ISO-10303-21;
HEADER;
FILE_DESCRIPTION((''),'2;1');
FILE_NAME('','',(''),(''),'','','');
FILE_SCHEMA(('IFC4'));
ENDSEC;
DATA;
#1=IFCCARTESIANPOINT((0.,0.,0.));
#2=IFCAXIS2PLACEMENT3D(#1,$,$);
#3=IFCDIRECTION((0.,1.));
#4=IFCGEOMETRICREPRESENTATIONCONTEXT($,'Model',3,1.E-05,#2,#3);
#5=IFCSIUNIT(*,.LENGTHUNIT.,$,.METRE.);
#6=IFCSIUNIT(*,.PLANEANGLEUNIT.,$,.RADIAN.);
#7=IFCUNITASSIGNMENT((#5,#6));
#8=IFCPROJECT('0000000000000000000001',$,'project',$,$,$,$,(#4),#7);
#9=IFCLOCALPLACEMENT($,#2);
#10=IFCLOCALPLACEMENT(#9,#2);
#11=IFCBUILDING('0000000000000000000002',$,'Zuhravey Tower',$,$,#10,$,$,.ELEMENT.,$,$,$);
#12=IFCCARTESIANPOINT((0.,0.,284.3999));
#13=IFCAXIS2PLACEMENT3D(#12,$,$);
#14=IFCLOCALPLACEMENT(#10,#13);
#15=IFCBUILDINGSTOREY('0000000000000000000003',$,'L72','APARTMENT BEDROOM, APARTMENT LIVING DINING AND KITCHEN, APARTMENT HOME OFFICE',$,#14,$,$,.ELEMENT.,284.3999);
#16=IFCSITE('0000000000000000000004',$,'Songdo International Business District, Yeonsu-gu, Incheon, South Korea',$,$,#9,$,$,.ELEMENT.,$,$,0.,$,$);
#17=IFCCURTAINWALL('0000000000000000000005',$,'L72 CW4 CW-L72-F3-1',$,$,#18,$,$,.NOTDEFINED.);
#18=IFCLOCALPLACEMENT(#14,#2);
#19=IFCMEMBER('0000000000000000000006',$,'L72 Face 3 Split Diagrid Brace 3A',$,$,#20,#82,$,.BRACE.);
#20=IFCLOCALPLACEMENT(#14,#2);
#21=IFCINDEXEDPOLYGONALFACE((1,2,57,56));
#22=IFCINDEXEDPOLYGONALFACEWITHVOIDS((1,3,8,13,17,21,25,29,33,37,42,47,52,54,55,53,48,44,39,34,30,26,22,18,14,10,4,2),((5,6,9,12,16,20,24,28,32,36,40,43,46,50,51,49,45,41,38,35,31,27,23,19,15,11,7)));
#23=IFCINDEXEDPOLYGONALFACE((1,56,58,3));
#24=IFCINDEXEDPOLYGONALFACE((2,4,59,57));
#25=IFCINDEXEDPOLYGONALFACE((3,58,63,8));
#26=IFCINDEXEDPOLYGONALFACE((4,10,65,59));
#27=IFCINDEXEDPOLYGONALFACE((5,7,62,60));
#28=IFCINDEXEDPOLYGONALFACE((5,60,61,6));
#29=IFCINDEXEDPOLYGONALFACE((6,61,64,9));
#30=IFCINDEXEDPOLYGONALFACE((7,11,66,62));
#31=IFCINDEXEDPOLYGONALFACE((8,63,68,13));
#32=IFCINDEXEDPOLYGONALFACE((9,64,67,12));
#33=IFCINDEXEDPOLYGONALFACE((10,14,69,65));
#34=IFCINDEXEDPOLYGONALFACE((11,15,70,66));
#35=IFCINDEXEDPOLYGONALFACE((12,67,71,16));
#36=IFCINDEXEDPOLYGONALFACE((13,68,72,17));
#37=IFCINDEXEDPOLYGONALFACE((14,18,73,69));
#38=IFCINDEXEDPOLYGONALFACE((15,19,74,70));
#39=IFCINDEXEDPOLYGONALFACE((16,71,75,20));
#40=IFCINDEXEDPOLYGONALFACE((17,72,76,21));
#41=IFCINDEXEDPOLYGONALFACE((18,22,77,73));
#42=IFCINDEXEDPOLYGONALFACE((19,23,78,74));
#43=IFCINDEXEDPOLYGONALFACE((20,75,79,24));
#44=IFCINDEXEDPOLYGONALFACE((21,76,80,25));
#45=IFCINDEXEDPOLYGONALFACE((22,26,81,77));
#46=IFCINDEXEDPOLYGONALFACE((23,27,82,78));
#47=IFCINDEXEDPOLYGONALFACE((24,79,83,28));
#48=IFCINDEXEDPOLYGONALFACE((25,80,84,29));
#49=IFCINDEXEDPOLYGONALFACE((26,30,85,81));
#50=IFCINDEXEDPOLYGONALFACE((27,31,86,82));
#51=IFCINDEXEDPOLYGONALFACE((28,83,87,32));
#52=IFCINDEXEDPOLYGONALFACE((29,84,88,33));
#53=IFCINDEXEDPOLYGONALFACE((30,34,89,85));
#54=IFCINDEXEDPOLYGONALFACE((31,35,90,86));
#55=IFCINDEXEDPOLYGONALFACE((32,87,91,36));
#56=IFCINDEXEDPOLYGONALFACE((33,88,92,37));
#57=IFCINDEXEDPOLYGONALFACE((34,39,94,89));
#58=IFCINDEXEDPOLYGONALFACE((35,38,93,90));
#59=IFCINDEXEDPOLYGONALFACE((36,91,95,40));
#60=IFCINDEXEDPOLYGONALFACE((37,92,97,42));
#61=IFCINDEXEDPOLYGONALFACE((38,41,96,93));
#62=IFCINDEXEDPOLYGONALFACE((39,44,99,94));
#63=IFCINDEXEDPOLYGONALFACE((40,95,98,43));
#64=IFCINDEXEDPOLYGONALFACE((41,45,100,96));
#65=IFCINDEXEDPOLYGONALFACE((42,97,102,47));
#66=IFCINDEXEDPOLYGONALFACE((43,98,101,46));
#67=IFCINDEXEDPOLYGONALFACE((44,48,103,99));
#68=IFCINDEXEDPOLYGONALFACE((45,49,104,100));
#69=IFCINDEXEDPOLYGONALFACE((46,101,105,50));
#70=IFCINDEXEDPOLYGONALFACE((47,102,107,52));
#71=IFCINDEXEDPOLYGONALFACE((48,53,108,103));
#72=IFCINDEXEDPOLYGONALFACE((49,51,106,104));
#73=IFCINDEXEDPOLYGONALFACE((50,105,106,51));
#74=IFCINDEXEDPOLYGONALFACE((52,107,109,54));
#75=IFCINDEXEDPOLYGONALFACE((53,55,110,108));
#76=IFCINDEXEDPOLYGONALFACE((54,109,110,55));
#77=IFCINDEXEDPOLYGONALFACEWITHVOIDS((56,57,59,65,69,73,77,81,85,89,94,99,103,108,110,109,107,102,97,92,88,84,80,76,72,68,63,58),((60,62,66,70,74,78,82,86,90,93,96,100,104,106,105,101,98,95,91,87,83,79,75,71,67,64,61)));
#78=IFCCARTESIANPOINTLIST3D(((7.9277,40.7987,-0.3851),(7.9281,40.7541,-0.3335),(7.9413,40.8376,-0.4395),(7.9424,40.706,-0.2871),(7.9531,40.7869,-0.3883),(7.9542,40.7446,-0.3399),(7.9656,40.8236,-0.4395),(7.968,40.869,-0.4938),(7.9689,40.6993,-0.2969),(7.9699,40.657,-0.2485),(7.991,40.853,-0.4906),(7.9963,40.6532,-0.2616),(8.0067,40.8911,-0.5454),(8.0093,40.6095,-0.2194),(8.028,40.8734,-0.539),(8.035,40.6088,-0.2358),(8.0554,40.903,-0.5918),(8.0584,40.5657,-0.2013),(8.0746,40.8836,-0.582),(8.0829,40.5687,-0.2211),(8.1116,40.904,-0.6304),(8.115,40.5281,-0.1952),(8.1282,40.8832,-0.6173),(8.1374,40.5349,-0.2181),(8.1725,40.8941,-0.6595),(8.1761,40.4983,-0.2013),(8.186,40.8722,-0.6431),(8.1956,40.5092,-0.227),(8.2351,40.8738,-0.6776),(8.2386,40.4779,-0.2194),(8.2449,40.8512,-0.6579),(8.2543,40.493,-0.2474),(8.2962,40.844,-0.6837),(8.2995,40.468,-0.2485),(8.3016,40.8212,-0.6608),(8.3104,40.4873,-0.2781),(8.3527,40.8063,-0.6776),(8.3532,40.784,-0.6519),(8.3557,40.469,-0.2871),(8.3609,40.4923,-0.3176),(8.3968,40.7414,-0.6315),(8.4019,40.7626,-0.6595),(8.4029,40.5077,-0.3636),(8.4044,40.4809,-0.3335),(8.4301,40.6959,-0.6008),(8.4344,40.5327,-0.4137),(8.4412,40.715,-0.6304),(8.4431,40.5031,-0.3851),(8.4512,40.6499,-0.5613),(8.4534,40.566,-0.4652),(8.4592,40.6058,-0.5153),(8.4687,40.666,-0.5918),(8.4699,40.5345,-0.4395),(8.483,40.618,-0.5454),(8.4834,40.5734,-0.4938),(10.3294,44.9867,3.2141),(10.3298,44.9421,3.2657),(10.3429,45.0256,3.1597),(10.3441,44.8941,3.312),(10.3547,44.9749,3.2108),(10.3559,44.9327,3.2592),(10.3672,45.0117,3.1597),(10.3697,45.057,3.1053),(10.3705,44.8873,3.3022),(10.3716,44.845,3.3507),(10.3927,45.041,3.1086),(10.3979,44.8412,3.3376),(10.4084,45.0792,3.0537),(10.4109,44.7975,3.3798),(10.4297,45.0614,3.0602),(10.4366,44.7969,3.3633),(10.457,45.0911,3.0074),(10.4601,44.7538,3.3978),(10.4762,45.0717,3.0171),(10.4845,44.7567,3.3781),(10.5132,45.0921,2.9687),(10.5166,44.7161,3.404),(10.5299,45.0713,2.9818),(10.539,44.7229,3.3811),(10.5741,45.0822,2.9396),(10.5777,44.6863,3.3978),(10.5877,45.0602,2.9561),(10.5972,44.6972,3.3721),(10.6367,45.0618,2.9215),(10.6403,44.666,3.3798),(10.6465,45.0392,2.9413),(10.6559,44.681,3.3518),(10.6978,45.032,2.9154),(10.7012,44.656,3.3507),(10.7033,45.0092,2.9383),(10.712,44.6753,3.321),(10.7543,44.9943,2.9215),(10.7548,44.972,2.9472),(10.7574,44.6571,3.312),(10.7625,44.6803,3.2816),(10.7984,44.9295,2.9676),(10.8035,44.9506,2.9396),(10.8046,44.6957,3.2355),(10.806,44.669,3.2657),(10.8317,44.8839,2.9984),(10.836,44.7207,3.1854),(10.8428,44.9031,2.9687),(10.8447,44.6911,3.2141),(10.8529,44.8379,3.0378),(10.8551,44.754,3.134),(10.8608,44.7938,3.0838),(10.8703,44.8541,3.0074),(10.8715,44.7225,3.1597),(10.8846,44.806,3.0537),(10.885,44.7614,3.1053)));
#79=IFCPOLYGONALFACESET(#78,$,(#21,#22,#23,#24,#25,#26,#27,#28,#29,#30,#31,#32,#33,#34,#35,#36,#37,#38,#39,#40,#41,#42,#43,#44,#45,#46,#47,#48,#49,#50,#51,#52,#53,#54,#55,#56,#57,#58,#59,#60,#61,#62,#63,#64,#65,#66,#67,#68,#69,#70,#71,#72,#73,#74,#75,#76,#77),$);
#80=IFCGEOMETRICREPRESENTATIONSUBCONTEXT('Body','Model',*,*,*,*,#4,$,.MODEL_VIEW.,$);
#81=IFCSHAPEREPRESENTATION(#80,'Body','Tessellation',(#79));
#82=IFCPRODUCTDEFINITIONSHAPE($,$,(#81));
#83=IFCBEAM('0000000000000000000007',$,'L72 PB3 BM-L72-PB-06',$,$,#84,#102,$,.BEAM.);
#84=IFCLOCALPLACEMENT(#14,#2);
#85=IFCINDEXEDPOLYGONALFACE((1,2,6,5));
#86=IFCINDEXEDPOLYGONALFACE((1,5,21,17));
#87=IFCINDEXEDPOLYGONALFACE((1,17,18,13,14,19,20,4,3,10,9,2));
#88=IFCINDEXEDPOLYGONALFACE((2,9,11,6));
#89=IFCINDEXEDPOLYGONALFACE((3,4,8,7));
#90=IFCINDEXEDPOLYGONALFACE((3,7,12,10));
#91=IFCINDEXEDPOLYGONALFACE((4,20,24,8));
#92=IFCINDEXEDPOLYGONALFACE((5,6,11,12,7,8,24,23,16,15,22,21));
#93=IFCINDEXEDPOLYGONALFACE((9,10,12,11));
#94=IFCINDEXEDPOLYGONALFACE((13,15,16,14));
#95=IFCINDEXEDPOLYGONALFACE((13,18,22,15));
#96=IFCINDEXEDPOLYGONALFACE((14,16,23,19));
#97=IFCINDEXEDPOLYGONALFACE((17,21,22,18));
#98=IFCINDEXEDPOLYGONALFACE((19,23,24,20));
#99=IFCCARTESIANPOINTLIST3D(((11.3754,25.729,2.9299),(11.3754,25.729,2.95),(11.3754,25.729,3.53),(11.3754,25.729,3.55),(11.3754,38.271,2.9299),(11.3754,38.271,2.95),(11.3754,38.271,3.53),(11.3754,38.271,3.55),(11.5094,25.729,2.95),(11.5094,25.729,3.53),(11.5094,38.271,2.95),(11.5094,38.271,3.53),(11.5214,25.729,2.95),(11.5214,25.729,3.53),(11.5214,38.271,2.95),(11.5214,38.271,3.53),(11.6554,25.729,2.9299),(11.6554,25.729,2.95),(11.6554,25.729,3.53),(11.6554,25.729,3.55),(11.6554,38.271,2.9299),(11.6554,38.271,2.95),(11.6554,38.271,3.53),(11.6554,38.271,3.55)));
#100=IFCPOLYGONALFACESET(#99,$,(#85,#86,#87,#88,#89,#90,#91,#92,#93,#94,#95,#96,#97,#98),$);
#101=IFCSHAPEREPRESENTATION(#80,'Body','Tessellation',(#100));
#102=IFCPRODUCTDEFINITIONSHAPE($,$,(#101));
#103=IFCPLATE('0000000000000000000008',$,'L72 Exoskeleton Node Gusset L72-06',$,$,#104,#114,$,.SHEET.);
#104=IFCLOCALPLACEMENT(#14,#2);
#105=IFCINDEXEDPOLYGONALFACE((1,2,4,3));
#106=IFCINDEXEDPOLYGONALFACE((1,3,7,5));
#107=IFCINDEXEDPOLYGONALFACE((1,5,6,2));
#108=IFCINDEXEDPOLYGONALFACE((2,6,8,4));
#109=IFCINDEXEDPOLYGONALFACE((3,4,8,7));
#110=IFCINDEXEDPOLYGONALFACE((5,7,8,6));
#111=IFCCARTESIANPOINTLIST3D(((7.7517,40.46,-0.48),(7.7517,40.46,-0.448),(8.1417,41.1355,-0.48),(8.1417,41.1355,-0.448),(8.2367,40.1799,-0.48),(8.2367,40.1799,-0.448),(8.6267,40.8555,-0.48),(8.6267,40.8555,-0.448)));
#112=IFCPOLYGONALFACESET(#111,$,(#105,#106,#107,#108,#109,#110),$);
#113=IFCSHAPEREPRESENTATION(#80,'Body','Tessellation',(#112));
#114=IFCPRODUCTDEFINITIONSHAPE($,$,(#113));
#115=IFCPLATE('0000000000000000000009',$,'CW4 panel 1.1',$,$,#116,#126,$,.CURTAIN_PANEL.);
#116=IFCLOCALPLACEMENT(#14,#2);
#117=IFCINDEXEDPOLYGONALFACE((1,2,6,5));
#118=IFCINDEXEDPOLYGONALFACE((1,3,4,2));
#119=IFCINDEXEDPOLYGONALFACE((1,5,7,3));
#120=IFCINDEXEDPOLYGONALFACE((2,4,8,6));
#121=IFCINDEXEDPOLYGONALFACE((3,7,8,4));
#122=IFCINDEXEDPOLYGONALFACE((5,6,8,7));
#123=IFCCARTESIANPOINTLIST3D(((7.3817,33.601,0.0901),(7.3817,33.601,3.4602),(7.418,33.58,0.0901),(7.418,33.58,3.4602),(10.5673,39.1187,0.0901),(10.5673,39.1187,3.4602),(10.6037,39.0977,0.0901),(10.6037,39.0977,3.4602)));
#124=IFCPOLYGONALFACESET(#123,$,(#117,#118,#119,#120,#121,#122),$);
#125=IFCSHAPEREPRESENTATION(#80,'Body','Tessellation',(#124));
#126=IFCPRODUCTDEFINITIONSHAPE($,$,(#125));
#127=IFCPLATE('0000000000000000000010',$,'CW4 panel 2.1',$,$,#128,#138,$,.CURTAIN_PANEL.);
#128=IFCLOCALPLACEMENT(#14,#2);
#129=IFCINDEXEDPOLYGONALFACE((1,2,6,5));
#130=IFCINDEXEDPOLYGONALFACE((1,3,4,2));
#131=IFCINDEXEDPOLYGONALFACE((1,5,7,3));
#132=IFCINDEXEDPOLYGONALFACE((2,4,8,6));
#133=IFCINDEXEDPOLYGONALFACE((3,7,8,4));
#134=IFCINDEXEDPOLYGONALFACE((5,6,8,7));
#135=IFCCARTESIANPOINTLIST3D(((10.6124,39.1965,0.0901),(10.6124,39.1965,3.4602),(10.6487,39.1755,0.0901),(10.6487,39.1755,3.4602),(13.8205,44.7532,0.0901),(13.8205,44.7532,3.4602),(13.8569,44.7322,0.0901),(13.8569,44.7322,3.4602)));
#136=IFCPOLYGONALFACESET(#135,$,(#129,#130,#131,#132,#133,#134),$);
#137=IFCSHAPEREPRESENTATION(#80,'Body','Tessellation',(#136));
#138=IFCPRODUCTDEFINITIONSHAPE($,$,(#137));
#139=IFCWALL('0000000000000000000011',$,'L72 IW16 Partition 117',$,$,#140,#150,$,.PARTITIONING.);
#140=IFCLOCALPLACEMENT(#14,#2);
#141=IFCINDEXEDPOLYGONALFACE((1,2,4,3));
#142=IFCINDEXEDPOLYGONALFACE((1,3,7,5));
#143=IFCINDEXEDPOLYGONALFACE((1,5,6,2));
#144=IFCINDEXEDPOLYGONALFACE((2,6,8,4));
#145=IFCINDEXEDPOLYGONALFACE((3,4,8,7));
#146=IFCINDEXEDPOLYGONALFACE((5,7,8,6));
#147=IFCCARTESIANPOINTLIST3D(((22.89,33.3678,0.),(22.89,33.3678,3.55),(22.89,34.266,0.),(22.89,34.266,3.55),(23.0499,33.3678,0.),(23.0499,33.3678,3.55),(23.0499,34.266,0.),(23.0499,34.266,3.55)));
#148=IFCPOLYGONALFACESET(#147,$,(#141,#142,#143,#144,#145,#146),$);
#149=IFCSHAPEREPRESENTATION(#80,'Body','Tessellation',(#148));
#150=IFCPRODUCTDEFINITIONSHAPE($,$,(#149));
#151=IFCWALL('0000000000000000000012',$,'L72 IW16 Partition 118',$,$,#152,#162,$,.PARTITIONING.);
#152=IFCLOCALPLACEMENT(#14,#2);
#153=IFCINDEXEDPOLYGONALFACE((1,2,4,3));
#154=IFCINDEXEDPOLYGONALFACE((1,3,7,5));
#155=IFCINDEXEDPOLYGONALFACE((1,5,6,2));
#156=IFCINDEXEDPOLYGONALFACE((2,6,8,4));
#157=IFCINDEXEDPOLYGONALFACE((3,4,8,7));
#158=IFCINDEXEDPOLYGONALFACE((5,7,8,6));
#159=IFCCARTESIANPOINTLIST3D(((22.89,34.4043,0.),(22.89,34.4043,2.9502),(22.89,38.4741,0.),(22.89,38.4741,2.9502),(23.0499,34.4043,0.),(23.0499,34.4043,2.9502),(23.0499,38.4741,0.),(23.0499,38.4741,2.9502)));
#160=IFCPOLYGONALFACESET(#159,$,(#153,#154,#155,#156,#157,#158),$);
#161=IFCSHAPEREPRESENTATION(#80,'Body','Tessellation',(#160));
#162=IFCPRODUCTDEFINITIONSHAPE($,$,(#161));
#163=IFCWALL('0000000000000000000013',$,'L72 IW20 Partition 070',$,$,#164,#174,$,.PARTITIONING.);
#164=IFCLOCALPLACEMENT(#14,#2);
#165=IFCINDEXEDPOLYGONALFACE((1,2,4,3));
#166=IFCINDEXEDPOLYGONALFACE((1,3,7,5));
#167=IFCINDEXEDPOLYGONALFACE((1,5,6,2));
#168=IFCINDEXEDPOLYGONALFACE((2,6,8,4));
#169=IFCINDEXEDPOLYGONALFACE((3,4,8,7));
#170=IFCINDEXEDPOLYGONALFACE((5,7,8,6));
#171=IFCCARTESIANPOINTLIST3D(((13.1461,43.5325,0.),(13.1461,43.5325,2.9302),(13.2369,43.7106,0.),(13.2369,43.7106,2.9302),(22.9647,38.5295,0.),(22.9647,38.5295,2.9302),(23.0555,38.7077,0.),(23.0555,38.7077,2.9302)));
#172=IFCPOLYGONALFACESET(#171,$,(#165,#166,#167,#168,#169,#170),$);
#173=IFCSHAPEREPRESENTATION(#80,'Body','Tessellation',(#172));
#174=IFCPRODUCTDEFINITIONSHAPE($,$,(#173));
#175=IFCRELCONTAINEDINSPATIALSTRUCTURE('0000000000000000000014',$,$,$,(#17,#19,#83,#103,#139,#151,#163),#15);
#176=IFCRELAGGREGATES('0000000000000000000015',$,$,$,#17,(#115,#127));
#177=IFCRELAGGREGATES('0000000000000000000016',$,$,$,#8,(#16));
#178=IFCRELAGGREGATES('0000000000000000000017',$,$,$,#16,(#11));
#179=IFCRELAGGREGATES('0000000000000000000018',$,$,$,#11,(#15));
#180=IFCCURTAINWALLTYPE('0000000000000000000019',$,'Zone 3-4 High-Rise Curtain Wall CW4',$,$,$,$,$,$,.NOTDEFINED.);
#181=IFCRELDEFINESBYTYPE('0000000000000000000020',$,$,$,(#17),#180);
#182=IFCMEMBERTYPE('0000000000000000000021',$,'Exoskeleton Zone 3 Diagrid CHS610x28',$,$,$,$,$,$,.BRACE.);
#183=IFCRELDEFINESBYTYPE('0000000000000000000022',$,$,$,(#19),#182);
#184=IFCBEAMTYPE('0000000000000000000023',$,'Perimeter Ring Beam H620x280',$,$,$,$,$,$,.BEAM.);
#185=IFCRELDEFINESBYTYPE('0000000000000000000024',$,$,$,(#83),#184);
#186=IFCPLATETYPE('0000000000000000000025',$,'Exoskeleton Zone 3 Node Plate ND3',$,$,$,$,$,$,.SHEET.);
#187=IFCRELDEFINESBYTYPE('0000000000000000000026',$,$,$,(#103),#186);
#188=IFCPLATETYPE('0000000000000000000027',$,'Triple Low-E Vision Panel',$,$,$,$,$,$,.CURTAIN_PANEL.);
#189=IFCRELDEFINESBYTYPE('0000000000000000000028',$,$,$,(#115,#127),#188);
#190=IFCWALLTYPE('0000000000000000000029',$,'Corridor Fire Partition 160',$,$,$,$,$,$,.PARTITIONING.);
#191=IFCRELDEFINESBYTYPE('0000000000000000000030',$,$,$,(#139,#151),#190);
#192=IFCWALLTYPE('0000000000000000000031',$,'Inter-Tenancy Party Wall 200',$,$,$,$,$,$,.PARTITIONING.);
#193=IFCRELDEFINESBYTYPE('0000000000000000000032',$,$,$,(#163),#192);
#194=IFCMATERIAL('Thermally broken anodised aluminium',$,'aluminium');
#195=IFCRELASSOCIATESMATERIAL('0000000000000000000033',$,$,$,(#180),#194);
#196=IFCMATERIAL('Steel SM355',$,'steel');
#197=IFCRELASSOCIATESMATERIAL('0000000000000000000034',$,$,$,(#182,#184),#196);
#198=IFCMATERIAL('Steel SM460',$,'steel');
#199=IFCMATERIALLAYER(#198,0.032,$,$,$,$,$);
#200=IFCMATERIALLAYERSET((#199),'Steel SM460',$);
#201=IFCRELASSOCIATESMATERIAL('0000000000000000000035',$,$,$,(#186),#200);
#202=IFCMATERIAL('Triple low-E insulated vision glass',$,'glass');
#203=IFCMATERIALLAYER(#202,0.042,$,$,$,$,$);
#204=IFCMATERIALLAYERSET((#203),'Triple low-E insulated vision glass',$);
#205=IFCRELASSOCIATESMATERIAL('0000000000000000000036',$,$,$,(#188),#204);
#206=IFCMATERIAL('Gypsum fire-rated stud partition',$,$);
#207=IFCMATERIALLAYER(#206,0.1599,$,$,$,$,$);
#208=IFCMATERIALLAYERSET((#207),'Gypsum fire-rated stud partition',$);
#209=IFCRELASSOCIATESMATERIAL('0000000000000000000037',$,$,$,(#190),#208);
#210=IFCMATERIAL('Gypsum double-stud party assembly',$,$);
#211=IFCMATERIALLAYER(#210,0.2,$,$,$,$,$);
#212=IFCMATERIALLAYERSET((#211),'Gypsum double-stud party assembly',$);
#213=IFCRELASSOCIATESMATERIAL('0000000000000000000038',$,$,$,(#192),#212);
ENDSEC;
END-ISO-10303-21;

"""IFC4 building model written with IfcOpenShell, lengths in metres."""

from ifc_helpers import new_model, si_unit, direction, frame, frame_2d, origin, origin_2d, place, context, subcontext, project, spatial, rectangle, hollow_circle, i_section, extrude, material, layer, layer_set, material_profile, profile_set, type_object, element, aggregate, save


model = new_model("IFC4")

# Units and contexts
model_context = context("Model", 3, precision=1e-05, world=origin(), true_north=direction((0.0, 1.0)))
body_context = subcontext(model_context, "Body", "Model", "MODEL_VIEW")
ifc_project = project(units=[si_unit("LENGTHUNIT", "METRE"), si_unit("PLANEANGLEUNIT", "RADIAN")], contexts=[model_context])

# Site, building, storey
site_placement = place(None, origin())
site = spatial("IfcSite", under=ifc_project, at=site_placement, Name="Songdo International Business District, Yeonsu-gu, Incheon, South Korea", CompositionType="ELEMENT", RefElevation=0.0)
building_placement = place(site_placement, origin())
building = spatial("IfcBuilding", under=site, at=building_placement, Name="Zuhravey Tower", CompositionType="ELEMENT")
storey_placement = place(building_placement, frame((0.0, 0.0, 284.3999)))
storey = spatial("IfcBuildingStorey", under=building, at=storey_placement, Name="L72", Description="APARTMENT BEDROOM, APARTMENT LIVING DINING AND KITCHEN, APARTMENT HOME OFFICE", CompositionType="ELEMENT", Elevation=284.3999)

# Curtain wall
ifc_material_1 = material(Name="Thermally broken anodised aluminium", Category="aluminium")
curtain_wall_type = type_object("IfcCurtainWallType", Name="Zone 3-4 High-Rise Curtain Wall CW4", PredefinedType="NOTDEFINED", material=ifc_material_1)
curtain_wall_placement = place(storey_placement, origin())
curtain_wall = element("IfcCurtainWall", 1, at=curtain_wall_placement, inside=storey, type_object=curtain_wall_type, Name="L72 CW4 CW-L72-F3-1", PredefinedType="NOTDEFINED")

# Member
ifc_material_2 = material(Name="Steel SM355", Category="steel")
ifc_material_profile_1 = material_profile(ifc_material_2, hollow_circle(Radius=0.3047, WallThickness=0.0281, at=origin_2d()), Name="CHS-609.6x28")
ifc_profile_set_1 = profile_set([ifc_material_profile_1], Name="Steel SM355")
member_type_1 = type_object("IfcMemberType", Name="Exoskeleton Zone 3 Diagrid CHS610x28", PredefinedType="BRACE", material=ifc_profile_set_1)
member_1_placement = place(storey_placement, frame((8.2056, 40.686, -0.4395), z_axis=(0.398827, 0.695485, 0.597694), x_axis=(-0.867486, 0.497462, 0.0)))
element("IfcMember", 2, at=member_1_placement, inside=storey, type_object=member_type_1, Name="L72 Face 3 Split Diagrid Brace 3A", PredefinedType="BRACE", context=body_context, shape_type="SweptSolid", body=[
    extrude(hollow_circle(Radius=0.3047, WallThickness=0.0281, at=origin_2d()), origin(), (0.0, 0.0, 1.0), 6.0217),
])

# Beam
ifc_material_profile_2 = material_profile(ifc_material_2, i_section(OverallWidth=0.28, OverallDepth=0.6201, WebThickness=0.012, FlangeThickness=0.02, at=origin_2d()), Name="H-620x280x12x20")
ifc_profile_set_2 = profile_set([ifc_material_profile_2], Name="Steel SM355")
beam_type = type_object("IfcBeamType", Name="Perimeter Ring Beam H620x280", PredefinedType="BEAM", material=ifc_profile_set_2)
beam_placement = place(storey_placement, frame((11.5154, 38.271, 3.24), z_axis=(0.0, -1.0, 0.0), x_axis=(1.0, 0.0, 0.0)))
element("IfcBeam", 3, at=beam_placement, inside=storey, type_object=beam_type, Name="L72 PB3 BM-L72-PB-06", PredefinedType="BEAM", context=body_context, shape_type="SweptSolid", body=[
    extrude(i_section(OverallWidth=0.28, OverallDepth=0.6201, WebThickness=0.012, FlangeThickness=0.02, at=origin_2d()), origin(), (0.0, 0.0, 1.0), 12.542),
])

# Plates
ifc_material_3 = material(Name="Steel SM460", Category="steel")
ifc_layer_1 = layer(ifc_material_3, 0.032)
ifc_layer_set_1 = layer_set([ifc_layer_1], Name="Steel SM460")
plate_type_1 = type_object("IfcPlateType", Name="Exoskeleton Zone 3 Node Plate ND3", PredefinedType="SHEET", material=ifc_layer_set_1)
plate_1_placement = place(storey_placement, frame((8.1892, 40.6577, -0.48), z_axis=(0.0, 0.0, 1.0), x_axis=(-0.5, -0.866025, 0.0)))
element("IfcPlate", 4, at=plate_1_placement, inside=storey, type_object=plate_type_1, Name="L72 Exoskeleton Node Gusset L72-06", PredefinedType="SHEET", context=body_context, shape_type="SweptSolid", body=[
    extrude(rectangle(XDim=0.78, YDim=0.5601, at=origin_2d()), origin(), (0.0, 0.0, 1.0), 0.032),
])
ifc_material_4 = material(Name="Triple low-E insulated vision glass", Category="glass")
ifc_layer_2 = layer(ifc_material_4, 0.042)
ifc_layer_set_2 = layer_set([ifc_layer_2], Name="Triple low-E insulated vision glass")
plate_type_2 = type_object("IfcPlateType", Name="Triple Low-E Vision Panel", PredefinedType="CURTAIN_PANEL", material=ifc_layer_set_2)
plate_2_placement = place(storey_placement, frame((8.9927, 36.3494, 0.0901), z_axis=(0.0, 0.0, 1.0), x_axis=(0.500001, 0.866025, 0.0)))
plate_2 = element("IfcPlate", 5, at=plate_2_placement, type_object=plate_type_2, Name="CW4 panel 1.1", PredefinedType="CURTAIN_PANEL", context=body_context, shape_type="SweptSolid", body=[
    extrude(rectangle(XDim=6.3713, YDim=0.042, at=origin_2d()), origin(), (0.0, 0.0, 1.0), 3.3701),
])
plate_3_placement = place(storey_placement, frame((12.2346, 41.9644, 0.0901), z_axis=(0.0, 0.0, 1.0), x_axis=(0.500001, 0.866025, 0.0)))
plate_3 = element("IfcPlate", 6, at=plate_3_placement, type_object=plate_type_2, Name="CW4 panel 2.1", PredefinedType="CURTAIN_PANEL", context=body_context, shape_type="SweptSolid", body=[
    extrude(rectangle(XDim=6.4163, YDim=0.042, at=origin_2d()), origin(), (0.0, 0.0, 1.0), 3.3701),
])
aggregate(curtain_wall, [plate_2, plate_3])

# Shared definitions
ifc_material_5 = material(Name="Gypsum fire-rated stud partition")
ifc_layer_3 = layer(ifc_material_5, 0.1599)
ifc_layer_set_3 = layer_set([ifc_layer_3], Name="Gypsum fire-rated stud partition")
wall_type_1 = type_object("IfcWallType", Name="Corridor Fire Partition 160", PredefinedType="PARTITIONING", material=ifc_layer_set_3)

# Walls
wall_1_placement = place(storey_placement, frame((22.97, 34.2661, 0.0), z_axis=(0.0, 0.0, 1.0), x_axis=(0.0, -1.0, 0.0)))
element("IfcWall", 7, at=wall_1_placement, inside=storey, type_object=wall_type_1, Name="L72 IW16 Partition 117", PredefinedType="PARTITIONING", context=body_context, shape_type="SweptSolid", body=[
    extrude(rectangle(XDim=0.8982, YDim=0.1599, at=frame_2d((0.4492, 0.0))), origin(), (0.0, 0.0, 1.0), 3.55),
])
wall_2_placement = place(storey_placement, frame((22.97, 38.4741, 0.0), z_axis=(0.0, 0.0, 1.0), x_axis=(0.0, -1.0, 0.0)))
element("IfcWall", 8, at=wall_2_placement, inside=storey, type_object=wall_type_1, Name="L72 IW16 Partition 118", PredefinedType="PARTITIONING", context=body_context, shape_type="SweptSolid", body=[
    extrude(rectangle(XDim=4.0698, YDim=0.1599, at=frame_2d((2.0349, 0.0))), origin(), (0.0, 0.0, 1.0), 2.9502),
])
ifc_material_6 = material(Name="Gypsum double-stud party assembly")
ifc_layer_4 = layer(ifc_material_6, 0.2)
ifc_layer_set_4 = layer_set([ifc_layer_4], Name="Gypsum double-stud party assembly")
wall_type_2 = type_object("IfcWallType", Name="Inter-Tenancy Party Wall 200", PredefinedType="PARTITIONING", material=ifc_layer_set_4)
wall_3_placement = place(storey_placement, frame((23.01, 38.6187, 0.0), z_axis=(0.0, 0.0, 1.0), x_axis=(-0.891003, 0.453998, 0.0)))
element("IfcWall", 9, at=wall_3_placement, inside=storey, type_object=wall_type_2, Name="L72 IW20 Partition 070", PredefinedType="PARTITIONING", context=body_context, shape_type="SweptSolid", body=[
    extrude(rectangle(XDim=11.0198, YDim=0.2, at=frame_2d((5.5098, 0.0))), origin(), (0.0, 0.0, 1.0), 2.9302),
])

save(model, "model.ifc")
